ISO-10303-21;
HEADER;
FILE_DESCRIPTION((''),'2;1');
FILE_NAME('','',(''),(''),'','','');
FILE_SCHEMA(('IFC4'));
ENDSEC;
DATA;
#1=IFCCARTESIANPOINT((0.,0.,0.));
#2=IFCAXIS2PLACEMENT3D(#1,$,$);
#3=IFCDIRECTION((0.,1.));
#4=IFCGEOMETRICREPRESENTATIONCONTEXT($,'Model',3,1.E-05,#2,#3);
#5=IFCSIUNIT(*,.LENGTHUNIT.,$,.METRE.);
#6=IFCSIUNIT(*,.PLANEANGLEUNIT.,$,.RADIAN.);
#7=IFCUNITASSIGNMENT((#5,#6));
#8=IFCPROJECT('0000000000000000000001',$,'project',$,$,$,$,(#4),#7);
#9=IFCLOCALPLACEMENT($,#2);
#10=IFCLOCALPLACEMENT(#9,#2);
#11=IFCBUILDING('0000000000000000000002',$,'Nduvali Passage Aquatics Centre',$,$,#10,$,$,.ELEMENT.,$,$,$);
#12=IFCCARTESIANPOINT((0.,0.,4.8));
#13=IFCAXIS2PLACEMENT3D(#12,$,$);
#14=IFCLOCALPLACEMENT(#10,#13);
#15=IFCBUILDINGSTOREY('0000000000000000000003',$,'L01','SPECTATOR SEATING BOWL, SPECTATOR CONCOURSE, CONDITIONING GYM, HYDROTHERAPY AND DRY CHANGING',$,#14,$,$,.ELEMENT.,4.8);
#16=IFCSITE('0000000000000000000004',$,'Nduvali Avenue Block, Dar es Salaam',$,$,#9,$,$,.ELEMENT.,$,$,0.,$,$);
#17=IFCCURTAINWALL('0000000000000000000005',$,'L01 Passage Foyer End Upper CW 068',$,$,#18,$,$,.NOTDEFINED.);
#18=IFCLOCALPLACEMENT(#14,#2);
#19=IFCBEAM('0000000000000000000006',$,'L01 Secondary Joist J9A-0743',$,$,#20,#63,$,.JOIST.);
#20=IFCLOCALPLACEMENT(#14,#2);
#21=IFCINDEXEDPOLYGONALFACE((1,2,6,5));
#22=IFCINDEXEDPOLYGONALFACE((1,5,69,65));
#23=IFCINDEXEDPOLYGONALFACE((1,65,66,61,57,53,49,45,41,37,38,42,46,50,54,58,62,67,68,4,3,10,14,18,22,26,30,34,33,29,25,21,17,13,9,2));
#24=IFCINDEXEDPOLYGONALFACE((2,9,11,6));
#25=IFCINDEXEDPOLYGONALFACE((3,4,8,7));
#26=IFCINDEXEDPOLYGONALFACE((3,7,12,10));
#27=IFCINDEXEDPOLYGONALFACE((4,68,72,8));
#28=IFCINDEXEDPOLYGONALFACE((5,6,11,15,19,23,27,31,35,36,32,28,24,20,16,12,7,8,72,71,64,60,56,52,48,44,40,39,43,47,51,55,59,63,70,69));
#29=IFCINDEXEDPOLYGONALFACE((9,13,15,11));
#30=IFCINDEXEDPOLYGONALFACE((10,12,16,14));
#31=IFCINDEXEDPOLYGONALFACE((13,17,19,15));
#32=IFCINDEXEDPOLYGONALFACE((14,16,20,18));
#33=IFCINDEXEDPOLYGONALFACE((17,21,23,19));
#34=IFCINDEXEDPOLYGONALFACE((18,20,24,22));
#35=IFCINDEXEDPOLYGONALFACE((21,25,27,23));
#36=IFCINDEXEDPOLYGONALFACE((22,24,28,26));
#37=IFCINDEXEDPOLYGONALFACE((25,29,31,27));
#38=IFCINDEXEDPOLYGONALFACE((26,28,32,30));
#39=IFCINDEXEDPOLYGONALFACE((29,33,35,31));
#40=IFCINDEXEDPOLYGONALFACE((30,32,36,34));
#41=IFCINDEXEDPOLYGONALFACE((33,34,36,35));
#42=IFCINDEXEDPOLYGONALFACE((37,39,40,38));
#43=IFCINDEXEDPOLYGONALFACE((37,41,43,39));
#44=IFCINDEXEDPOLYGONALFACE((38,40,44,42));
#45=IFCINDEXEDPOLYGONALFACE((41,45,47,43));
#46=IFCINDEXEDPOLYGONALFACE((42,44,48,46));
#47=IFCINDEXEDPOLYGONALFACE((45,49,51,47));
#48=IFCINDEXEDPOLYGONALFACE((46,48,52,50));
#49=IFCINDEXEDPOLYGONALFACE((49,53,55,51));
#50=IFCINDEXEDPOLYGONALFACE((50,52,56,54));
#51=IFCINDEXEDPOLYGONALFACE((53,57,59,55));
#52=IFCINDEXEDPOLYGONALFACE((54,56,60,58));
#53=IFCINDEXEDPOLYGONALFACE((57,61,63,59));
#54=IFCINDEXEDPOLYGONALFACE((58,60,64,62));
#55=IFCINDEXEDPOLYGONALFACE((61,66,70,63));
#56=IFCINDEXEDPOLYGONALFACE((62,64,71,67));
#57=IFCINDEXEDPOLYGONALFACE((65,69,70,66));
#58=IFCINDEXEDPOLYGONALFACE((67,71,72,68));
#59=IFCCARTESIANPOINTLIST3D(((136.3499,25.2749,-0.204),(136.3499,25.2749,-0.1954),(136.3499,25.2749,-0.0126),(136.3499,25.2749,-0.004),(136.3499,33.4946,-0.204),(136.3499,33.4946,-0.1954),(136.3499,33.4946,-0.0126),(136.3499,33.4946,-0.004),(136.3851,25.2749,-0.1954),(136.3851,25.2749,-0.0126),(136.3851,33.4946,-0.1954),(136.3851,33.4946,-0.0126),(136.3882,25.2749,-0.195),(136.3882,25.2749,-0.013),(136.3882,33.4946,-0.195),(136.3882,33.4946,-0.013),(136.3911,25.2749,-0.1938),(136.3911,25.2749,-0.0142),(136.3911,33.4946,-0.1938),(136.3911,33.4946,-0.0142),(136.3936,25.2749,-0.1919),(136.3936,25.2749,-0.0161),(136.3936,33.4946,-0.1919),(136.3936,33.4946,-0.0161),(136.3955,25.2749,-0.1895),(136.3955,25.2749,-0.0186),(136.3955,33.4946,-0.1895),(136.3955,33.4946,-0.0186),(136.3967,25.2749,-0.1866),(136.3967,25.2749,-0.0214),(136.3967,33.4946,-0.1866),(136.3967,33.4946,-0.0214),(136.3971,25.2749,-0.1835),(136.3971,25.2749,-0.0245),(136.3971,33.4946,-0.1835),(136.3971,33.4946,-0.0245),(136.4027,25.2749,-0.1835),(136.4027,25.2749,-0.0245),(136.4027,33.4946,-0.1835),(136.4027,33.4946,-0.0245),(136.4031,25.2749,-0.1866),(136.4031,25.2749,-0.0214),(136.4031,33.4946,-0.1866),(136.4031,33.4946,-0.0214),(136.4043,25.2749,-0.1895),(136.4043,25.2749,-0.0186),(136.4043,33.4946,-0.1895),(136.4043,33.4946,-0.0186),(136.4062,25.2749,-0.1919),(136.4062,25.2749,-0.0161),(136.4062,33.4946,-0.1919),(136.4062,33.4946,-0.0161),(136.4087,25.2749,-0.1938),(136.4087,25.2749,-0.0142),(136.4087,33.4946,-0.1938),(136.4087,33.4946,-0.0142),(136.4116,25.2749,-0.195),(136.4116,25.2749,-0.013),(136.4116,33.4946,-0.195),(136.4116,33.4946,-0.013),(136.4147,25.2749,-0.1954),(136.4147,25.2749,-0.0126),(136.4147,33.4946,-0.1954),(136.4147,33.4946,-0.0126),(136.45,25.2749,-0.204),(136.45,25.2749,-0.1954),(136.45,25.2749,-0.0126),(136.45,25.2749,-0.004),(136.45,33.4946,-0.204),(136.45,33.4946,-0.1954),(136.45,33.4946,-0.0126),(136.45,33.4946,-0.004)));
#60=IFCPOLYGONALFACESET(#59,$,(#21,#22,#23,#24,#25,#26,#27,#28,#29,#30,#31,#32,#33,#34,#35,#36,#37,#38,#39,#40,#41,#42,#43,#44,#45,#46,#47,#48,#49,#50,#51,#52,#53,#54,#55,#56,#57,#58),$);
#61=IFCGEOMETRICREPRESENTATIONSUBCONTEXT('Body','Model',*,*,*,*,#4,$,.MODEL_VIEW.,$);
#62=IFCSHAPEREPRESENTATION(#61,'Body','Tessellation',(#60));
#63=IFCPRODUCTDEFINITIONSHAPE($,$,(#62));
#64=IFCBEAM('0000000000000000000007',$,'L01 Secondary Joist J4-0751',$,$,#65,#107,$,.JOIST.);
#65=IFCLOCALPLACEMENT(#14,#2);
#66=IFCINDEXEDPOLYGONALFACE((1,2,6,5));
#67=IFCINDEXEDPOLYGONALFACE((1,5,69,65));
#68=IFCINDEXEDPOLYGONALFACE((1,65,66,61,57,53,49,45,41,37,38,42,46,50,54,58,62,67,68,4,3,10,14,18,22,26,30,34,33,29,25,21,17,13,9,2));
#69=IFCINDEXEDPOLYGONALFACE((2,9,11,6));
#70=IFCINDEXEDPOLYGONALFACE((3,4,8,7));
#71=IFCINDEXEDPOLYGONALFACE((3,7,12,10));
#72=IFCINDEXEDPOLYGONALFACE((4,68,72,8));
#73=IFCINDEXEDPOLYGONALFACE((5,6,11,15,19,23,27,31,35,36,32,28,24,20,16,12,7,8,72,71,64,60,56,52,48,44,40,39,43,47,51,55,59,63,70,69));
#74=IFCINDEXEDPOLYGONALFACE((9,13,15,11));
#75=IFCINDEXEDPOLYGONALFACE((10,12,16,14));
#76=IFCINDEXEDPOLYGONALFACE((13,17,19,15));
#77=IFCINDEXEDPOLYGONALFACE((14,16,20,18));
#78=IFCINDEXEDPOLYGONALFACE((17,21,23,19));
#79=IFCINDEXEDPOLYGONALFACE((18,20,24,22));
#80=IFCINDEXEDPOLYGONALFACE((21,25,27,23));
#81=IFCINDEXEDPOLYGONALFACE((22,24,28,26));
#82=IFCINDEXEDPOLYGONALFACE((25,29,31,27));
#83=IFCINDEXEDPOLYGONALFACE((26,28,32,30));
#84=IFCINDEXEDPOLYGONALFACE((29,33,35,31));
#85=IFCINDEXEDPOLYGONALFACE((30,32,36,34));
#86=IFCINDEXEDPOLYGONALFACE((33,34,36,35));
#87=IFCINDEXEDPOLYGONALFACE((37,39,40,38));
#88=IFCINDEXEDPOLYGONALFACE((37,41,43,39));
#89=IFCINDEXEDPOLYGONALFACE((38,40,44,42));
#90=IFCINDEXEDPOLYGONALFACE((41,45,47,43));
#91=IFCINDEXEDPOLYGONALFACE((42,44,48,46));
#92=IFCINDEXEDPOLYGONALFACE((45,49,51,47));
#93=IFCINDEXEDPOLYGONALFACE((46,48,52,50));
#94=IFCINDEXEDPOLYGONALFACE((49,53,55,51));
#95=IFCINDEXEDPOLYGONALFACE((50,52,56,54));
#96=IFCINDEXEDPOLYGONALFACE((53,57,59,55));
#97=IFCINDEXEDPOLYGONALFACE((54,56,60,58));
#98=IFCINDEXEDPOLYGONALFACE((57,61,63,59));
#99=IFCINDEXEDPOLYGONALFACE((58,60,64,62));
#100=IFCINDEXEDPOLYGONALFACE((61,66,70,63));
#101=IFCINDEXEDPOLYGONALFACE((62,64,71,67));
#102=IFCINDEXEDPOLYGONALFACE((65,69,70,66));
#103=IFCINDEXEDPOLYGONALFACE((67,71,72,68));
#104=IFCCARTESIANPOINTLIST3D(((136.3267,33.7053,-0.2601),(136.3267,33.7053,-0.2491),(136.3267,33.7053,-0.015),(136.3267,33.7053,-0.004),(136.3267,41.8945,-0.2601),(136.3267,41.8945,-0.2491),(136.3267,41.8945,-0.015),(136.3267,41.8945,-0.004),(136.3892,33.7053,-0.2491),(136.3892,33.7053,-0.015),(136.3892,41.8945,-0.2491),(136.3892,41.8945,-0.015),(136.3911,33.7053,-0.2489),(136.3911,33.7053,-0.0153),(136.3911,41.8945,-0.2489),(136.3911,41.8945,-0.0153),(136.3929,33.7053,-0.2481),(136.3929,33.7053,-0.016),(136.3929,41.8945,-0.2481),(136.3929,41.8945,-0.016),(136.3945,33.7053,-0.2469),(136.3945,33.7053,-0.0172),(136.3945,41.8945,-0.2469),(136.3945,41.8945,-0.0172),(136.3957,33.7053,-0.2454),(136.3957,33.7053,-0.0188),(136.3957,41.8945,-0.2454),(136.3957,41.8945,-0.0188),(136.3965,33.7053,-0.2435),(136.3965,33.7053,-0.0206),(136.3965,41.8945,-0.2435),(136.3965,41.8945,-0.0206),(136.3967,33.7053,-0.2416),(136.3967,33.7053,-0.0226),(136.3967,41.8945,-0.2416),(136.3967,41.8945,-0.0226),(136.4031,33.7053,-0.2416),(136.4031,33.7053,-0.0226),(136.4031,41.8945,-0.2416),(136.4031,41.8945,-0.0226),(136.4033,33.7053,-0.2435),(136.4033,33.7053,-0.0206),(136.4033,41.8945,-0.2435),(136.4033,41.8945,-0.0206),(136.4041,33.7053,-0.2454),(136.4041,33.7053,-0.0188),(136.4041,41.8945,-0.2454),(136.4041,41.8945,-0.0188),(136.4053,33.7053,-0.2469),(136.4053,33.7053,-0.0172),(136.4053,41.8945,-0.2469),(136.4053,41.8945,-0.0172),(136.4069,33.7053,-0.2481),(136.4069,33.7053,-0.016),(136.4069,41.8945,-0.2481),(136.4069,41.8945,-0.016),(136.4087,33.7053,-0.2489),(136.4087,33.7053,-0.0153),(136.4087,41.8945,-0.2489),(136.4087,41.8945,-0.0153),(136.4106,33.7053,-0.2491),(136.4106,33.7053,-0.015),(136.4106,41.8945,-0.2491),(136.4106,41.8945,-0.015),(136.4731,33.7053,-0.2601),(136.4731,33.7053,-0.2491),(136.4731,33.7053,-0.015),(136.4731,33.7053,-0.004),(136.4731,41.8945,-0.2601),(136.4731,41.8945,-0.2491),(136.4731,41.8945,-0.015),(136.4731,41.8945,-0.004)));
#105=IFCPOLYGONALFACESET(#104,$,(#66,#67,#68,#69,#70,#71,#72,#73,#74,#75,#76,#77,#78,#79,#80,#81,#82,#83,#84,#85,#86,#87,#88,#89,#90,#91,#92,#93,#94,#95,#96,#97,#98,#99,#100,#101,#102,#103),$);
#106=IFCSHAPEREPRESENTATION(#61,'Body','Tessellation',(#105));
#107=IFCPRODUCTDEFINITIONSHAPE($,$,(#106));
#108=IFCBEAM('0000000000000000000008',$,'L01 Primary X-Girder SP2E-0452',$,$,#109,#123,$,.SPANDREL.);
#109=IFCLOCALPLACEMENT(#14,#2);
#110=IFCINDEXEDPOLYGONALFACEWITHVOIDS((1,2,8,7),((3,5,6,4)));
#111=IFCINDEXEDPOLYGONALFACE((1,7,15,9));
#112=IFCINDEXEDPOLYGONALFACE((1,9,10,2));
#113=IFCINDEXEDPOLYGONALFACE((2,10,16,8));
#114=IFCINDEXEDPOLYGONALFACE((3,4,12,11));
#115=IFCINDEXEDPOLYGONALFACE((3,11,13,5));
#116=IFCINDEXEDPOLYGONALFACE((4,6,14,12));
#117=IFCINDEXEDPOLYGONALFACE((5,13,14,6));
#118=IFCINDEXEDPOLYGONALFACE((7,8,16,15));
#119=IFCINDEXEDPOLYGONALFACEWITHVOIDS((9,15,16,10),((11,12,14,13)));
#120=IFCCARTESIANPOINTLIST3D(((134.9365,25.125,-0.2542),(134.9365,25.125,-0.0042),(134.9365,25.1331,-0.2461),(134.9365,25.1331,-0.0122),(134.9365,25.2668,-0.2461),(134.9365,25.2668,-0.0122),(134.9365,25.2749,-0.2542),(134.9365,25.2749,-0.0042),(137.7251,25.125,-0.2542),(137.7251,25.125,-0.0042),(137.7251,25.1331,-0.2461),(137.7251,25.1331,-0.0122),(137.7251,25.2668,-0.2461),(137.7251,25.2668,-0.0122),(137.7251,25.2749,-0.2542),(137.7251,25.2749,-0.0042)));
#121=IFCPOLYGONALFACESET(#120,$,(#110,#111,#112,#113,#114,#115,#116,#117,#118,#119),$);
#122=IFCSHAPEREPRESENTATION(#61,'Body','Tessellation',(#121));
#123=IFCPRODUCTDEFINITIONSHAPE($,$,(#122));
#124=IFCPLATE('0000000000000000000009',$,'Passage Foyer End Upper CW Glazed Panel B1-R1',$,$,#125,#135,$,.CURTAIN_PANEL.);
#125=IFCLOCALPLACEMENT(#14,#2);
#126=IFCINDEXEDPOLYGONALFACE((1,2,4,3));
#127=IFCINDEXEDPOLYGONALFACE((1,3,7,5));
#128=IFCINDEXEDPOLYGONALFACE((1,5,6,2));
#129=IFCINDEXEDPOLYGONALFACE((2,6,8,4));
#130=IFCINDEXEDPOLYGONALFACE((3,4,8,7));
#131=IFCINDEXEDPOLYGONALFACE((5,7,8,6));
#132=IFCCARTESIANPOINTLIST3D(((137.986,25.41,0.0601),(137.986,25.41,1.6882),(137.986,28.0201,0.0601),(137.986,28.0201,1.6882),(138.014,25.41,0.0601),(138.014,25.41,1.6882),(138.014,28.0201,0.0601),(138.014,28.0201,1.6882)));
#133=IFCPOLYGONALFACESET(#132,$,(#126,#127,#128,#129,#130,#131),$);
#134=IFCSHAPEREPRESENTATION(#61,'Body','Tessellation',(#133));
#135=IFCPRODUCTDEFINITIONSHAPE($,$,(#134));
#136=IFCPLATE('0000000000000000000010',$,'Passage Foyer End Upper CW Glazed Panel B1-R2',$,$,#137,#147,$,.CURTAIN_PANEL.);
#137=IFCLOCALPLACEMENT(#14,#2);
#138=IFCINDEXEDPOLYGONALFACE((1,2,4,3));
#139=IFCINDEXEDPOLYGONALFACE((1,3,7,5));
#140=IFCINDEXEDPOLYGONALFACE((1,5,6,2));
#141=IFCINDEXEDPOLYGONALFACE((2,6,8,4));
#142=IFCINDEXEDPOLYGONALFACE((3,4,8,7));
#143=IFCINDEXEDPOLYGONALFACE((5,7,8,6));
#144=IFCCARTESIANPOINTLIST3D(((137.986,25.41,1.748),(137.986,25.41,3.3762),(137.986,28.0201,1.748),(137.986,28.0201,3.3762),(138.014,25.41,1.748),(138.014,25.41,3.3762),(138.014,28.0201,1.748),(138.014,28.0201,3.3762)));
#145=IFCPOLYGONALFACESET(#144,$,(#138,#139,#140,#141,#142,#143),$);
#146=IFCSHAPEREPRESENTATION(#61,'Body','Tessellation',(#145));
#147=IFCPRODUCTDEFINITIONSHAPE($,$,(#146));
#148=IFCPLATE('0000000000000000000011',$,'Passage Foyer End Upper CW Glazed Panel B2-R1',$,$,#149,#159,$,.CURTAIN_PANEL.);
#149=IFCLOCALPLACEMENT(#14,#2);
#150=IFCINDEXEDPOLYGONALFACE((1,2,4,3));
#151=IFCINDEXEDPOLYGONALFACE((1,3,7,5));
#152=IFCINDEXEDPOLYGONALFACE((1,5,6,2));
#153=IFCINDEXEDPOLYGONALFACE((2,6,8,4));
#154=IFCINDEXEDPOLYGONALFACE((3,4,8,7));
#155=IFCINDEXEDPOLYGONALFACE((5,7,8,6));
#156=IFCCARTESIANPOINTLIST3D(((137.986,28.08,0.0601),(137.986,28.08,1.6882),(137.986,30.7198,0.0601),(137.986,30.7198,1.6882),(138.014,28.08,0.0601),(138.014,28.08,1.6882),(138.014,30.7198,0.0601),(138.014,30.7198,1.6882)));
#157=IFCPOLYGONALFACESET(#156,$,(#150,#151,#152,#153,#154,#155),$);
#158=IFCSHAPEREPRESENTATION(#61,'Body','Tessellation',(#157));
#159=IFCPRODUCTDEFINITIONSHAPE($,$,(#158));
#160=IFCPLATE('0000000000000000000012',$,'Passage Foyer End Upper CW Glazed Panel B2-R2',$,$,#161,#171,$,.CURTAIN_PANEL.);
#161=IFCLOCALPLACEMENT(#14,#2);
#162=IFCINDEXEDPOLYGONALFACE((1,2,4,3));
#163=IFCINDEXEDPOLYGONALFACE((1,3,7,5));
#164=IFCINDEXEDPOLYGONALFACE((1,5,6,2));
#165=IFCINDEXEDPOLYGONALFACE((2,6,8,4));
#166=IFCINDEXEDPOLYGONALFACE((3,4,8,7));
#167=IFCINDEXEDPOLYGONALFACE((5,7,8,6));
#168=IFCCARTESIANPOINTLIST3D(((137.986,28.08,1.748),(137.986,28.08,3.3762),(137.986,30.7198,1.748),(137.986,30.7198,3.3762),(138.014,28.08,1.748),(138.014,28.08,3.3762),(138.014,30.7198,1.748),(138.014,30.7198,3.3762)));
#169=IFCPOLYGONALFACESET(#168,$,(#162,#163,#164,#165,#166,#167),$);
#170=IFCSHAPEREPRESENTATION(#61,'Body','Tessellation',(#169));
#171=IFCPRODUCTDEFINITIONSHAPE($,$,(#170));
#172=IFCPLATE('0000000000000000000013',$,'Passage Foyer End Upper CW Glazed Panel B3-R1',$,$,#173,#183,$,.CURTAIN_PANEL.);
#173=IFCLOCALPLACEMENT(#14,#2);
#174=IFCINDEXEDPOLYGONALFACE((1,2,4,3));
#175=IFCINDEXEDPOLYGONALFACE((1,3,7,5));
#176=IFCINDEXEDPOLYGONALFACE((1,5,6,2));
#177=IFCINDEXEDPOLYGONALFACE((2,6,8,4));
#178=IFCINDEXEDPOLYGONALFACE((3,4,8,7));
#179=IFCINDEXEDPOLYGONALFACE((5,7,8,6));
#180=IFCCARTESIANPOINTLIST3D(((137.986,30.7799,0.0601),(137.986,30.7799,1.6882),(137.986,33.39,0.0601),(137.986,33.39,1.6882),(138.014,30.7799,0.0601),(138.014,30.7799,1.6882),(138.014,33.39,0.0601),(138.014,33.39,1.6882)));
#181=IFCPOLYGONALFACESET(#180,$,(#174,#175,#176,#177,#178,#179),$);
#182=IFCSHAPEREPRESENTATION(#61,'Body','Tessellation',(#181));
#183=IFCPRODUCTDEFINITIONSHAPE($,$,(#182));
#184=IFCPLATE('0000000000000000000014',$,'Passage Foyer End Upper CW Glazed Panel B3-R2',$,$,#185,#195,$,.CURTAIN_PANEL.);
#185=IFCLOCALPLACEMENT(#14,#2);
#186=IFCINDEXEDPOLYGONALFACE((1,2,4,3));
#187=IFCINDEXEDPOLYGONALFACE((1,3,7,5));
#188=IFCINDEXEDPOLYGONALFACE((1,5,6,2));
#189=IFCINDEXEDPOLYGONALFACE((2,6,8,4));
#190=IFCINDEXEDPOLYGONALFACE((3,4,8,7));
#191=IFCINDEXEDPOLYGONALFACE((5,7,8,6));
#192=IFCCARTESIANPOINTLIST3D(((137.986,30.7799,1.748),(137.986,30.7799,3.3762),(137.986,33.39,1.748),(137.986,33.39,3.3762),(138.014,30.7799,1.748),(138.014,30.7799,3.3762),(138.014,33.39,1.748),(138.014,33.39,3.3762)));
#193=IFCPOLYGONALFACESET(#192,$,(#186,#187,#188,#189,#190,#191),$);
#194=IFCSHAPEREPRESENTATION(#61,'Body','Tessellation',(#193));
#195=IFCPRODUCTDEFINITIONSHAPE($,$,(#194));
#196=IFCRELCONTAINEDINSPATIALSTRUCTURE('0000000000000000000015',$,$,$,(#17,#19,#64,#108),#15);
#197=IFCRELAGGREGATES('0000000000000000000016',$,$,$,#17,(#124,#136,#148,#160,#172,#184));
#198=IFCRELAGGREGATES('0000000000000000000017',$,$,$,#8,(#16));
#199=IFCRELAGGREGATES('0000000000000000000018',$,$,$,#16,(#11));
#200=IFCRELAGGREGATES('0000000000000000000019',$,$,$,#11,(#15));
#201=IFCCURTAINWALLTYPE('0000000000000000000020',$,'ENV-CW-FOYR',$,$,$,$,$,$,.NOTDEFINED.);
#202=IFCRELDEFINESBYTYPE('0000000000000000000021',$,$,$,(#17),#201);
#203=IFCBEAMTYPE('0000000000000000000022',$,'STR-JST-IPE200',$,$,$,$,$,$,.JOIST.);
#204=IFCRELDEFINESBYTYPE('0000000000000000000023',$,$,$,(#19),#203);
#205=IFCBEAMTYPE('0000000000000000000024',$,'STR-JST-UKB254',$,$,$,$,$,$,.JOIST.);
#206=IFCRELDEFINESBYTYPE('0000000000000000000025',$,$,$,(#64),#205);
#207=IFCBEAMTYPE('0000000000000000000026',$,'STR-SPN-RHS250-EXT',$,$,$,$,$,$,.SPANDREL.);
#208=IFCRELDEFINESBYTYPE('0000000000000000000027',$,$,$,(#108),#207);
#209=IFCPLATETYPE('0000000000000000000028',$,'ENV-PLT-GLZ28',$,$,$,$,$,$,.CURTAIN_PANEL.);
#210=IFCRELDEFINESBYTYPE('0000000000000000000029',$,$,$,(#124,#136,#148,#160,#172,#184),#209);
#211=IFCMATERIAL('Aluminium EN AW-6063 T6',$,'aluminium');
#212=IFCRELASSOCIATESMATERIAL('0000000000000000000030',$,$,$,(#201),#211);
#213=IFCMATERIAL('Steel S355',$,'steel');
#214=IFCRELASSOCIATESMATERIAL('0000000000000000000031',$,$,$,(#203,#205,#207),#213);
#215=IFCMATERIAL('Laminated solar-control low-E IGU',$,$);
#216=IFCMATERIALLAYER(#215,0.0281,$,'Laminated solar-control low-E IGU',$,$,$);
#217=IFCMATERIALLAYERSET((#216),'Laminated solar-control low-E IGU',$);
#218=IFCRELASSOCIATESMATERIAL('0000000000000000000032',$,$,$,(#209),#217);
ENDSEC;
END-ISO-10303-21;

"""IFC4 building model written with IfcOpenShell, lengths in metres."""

from ifc_helpers import new_model, si_unit, direction, frame, origin, origin_2d, place, context, subcontext, project, spatial, rectangle, hollow_rectangle, i_section, extrude, material, layer, layer_set, material_profile, profile_set, type_object, element, aggregate, save


model = new_model("IFC4")

# Units and contexts
model_context = context("Model", 3, precision=1e-05, world=origin(), true_north=direction((0.0, 1.0)))
body_context = subcontext(model_context, "Body", "Model", "MODEL_VIEW")
ifc_project = project(units=[si_unit("LENGTHUNIT", "METRE"), si_unit("PLANEANGLEUNIT", "RADIAN")], contexts=[model_context])

# Site, building, storey
site_placement = place(None, origin())
site = spatial("IfcSite", under=ifc_project, at=site_placement, Name="Nduvali Avenue Block, Dar es Salaam", CompositionType="ELEMENT", RefElevation=0.0)
building_placement = place(site_placement, origin())
building = spatial("IfcBuilding", under=site, at=building_placement, Name="Nduvali Passage Aquatics Centre", CompositionType="ELEMENT")
storey_placement = place(building_placement, frame((0.0, 0.0, 4.8)))
storey = spatial("IfcBuildingStorey", under=building, at=storey_placement, Name="L01", Description="SPECTATOR SEATING BOWL, SPECTATOR CONCOURSE, CONDITIONING GYM, HYDROTHERAPY AND DRY CHANGING", CompositionType="ELEMENT", Elevation=4.8)

# Shared definitions
ifc_material_1 = material(Name="Steel S355", Category="steel")

# Curtain wall
ifc_material_2 = material(Name="Aluminium EN AW-6063 T6", Category="aluminium")
curtain_wall_type = type_object("IfcCurtainWallType", Name="ENV-CW-FOYR", PredefinedType="NOTDEFINED", material=ifc_material_2)
curtain_wall_1_placement = place(storey_placement, origin())
curtain_wall_1 = element("IfcCurtainWall", 1, at=curtain_wall_1_placement, inside=storey, type_object=curtain_wall_type, Name="L01 Passage Foyer End Upper CW 068", PredefinedType="NOTDEFINED")

# Beams
ifc_material_profile_1 = material_profile(ifc_material_1, i_section(OverallWidth=0.1001, OverallDepth=0.2, WebThickness=0.0056, FlangeThickness=0.0085, FilletRadius=0.012, at=origin_2d()), Name="IPE 200")
ifc_profile_set_1 = profile_set([ifc_material_profile_1], Name="Steel S355")
beam_type_1 = type_object("IfcBeamType", Name="STR-JST-IPE200", PredefinedType="JOIST", material=ifc_profile_set_1)
beam_1_placement = place(storey_placement, frame((136.3999, 25.2749, -0.104), z_axis=(0.0, 1.0, 0.0), x_axis=(-1.0, 0.0, 0.0)))
element("IfcBeam", 2, at=beam_1_placement, inside=storey, type_object=beam_type_1, Name="L01 Secondary Joist J9A-0743", PredefinedType="JOIST", context=body_context, shape_type="SweptSolid", body=[
    extrude(i_section(OverallWidth=0.1001, OverallDepth=0.2, WebThickness=0.0056, FlangeThickness=0.0085, FilletRadius=0.012, at=origin_2d()), origin(), (0.0, 0.0, 1.0), 8.2197),
])
ifc_material_profile_2 = material_profile(ifc_material_1, i_section(OverallWidth=0.1465, OverallDepth=0.2561, WebThickness=0.0063, FlangeThickness=0.011, FilletRadius=0.0076, at=origin_2d()), Name="UKB 254x146x37")
ifc_profile_set_2 = profile_set([ifc_material_profile_2], Name="Steel S355")
beam_type_2 = type_object("IfcBeamType", Name="STR-JST-UKB254", PredefinedType="JOIST", material=ifc_profile_set_2)
beam_2_placement = place(storey_placement, frame((136.3999, 33.7053, -0.1321), z_axis=(0.0, 1.0, 0.0), x_axis=(-1.0, 0.0, 0.0)))
element("IfcBeam", 3, at=beam_2_placement, inside=storey, type_object=beam_type_2, Name="L01 Secondary Joist J4-0751", PredefinedType="JOIST", context=body_context, shape_type="SweptSolid", body=[
    extrude(i_section(OverallWidth=0.1465, OverallDepth=0.2561, WebThickness=0.0063, FlangeThickness=0.011, FilletRadius=0.0076, at=origin_2d()), origin(), (0.0, 0.0, 1.0), 8.1892),
])
ifc_material_profile_3 = material_profile(ifc_material_1, hollow_rectangle(XDim=0.1499, YDim=0.25, WallThickness=0.0081, at=origin_2d()), Name="RHS 250x150x8.0")
ifc_profile_set_3 = profile_set([ifc_material_profile_3], Name="Steel S355")
beam_type_3 = type_object("IfcBeamType", Name="STR-SPN-RHS250-EXT", PredefinedType="SPANDREL", material=ifc_profile_set_3)
beam_3_placement = place(storey_placement, frame((134.9365, 25.2, -0.1292), z_axis=(1.0, 0.0, 0.0), x_axis=(0.0, 1.0, 0.0)))
element("IfcBeam", 4, at=beam_3_placement, inside=storey, type_object=beam_type_3, Name="L01 Primary X-Girder SP2E-0452", PredefinedType="SPANDREL", context=body_context, shape_type="SweptSolid", body=[
    extrude(hollow_rectangle(XDim=0.1499, YDim=0.25, WallThickness=0.0081, at=origin_2d()), origin(), (0.0, 0.0, 1.0), 2.7886),
])

# Plates
ifc_material_3 = material(Name="Laminated solar-control low-E IGU")
ifc_layer_1 = layer(ifc_material_3, 0.0281, Name="Laminated solar-control low-E IGU")
ifc_layer_set_1 = layer_set([ifc_layer_1], Name="Laminated solar-control low-E IGU")
plate_type = type_object("IfcPlateType", Name="ENV-PLT-GLZ28", PredefinedType="CURTAIN_PANEL", material=ifc_layer_set_1)
plate_1_placement = place(storey_placement, frame((138.0, 26.7151, 0.0601), z_axis=(0.0, 0.0, 1.0), x_axis=(0.0, 1.0, 0.0)))
plate_1 = element("IfcPlate", 5, at=plate_1_placement, type_object=plate_type, Name="Passage Foyer End Upper CW Glazed Panel B1-R1", PredefinedType="CURTAIN_PANEL", context=body_context, shape_type="SweptSolid", body=[
    extrude(rectangle(XDim=2.6101, YDim=0.0281, at=origin_2d()), origin(), (0.0, 0.0, 1.0), 1.6282),
])
plate_2_placement = place(storey_placement, frame((138.0, 26.7151, 1.748), z_axis=(0.0, 0.0, 1.0), x_axis=(0.0, 1.0, 0.0)))
plate_2 = element("IfcPlate", 6, at=plate_2_placement, type_object=plate_type, Name="Passage Foyer End Upper CW Glazed Panel B1-R2", PredefinedType="CURTAIN_PANEL", context=body_context, shape_type="SweptSolid", body=[
    extrude(rectangle(XDim=2.6101, YDim=0.0281, at=origin_2d()), origin(), (0.0, 0.0, 1.0), 1.6282),
])
plate_3_placement = place(storey_placement, frame((138.0, 29.3999, 0.0601), z_axis=(0.0, 0.0, 1.0), x_axis=(0.0, 1.0, 0.0)))
plate_3 = element("IfcPlate", 7, at=plate_3_placement, type_object=plate_type, Name="Passage Foyer End Upper CW Glazed Panel B2-R1", PredefinedType="CURTAIN_PANEL", context=body_context, shape_type="SweptSolid", body=[
    extrude(rectangle(XDim=2.6399, YDim=0.0281, at=origin_2d()), origin(), (0.0, 0.0, 1.0), 1.6282),
])
plate_4_placement = place(storey_placement, frame((138.0, 29.3999, 1.748), z_axis=(0.0, 0.0, 1.0), x_axis=(0.0, 1.0, 0.0)))
plate_4 = element("IfcPlate", 8, at=plate_4_placement, type_object=plate_type, Name="Passage Foyer End Upper CW Glazed Panel B2-R2", PredefinedType="CURTAIN_PANEL", context=body_context, shape_type="SweptSolid", body=[
    extrude(rectangle(XDim=2.6399, YDim=0.0281, at=origin_2d()), origin(), (0.0, 0.0, 1.0), 1.6282),
])
plate_5_placement = place(storey_placement, frame((138.0, 32.085, 0.0601), z_axis=(0.0, 0.0, 1.0), x_axis=(0.0, 1.0, 0.0)))
plate_5 = element("IfcPlate", 9, at=plate_5_placement, type_object=plate_type, Name="Passage Foyer End Upper CW Glazed Panel B3-R1", PredefinedType="CURTAIN_PANEL", context=body_context, shape_type="SweptSolid", body=[
    extrude(rectangle(XDim=2.6101, YDim=0.0281, at=origin_2d()), origin(), (0.0, 0.0, 1.0), 1.6282),
])
plate_6_placement = place(storey_placement, frame((138.0, 32.085, 1.748), z_axis=(0.0, 0.0, 1.0), x_axis=(0.0, 1.0, 0.0)))
plate_6 = element("IfcPlate", 10, at=plate_6_placement, type_object=plate_type, Name="Passage Foyer End Upper CW Glazed Panel B3-R2", PredefinedType="CURTAIN_PANEL", context=body_context, shape_type="SweptSolid", body=[
    extrude(rectangle(XDim=2.6101, YDim=0.0281, at=origin_2d()), origin(), (0.0, 0.0, 1.0), 1.6282),
])
aggregate(curtain_wall_1, [plate_1, plate_2, plate_3, plate_4, plate_5, plate_6])

save(model, "model.ifc")
